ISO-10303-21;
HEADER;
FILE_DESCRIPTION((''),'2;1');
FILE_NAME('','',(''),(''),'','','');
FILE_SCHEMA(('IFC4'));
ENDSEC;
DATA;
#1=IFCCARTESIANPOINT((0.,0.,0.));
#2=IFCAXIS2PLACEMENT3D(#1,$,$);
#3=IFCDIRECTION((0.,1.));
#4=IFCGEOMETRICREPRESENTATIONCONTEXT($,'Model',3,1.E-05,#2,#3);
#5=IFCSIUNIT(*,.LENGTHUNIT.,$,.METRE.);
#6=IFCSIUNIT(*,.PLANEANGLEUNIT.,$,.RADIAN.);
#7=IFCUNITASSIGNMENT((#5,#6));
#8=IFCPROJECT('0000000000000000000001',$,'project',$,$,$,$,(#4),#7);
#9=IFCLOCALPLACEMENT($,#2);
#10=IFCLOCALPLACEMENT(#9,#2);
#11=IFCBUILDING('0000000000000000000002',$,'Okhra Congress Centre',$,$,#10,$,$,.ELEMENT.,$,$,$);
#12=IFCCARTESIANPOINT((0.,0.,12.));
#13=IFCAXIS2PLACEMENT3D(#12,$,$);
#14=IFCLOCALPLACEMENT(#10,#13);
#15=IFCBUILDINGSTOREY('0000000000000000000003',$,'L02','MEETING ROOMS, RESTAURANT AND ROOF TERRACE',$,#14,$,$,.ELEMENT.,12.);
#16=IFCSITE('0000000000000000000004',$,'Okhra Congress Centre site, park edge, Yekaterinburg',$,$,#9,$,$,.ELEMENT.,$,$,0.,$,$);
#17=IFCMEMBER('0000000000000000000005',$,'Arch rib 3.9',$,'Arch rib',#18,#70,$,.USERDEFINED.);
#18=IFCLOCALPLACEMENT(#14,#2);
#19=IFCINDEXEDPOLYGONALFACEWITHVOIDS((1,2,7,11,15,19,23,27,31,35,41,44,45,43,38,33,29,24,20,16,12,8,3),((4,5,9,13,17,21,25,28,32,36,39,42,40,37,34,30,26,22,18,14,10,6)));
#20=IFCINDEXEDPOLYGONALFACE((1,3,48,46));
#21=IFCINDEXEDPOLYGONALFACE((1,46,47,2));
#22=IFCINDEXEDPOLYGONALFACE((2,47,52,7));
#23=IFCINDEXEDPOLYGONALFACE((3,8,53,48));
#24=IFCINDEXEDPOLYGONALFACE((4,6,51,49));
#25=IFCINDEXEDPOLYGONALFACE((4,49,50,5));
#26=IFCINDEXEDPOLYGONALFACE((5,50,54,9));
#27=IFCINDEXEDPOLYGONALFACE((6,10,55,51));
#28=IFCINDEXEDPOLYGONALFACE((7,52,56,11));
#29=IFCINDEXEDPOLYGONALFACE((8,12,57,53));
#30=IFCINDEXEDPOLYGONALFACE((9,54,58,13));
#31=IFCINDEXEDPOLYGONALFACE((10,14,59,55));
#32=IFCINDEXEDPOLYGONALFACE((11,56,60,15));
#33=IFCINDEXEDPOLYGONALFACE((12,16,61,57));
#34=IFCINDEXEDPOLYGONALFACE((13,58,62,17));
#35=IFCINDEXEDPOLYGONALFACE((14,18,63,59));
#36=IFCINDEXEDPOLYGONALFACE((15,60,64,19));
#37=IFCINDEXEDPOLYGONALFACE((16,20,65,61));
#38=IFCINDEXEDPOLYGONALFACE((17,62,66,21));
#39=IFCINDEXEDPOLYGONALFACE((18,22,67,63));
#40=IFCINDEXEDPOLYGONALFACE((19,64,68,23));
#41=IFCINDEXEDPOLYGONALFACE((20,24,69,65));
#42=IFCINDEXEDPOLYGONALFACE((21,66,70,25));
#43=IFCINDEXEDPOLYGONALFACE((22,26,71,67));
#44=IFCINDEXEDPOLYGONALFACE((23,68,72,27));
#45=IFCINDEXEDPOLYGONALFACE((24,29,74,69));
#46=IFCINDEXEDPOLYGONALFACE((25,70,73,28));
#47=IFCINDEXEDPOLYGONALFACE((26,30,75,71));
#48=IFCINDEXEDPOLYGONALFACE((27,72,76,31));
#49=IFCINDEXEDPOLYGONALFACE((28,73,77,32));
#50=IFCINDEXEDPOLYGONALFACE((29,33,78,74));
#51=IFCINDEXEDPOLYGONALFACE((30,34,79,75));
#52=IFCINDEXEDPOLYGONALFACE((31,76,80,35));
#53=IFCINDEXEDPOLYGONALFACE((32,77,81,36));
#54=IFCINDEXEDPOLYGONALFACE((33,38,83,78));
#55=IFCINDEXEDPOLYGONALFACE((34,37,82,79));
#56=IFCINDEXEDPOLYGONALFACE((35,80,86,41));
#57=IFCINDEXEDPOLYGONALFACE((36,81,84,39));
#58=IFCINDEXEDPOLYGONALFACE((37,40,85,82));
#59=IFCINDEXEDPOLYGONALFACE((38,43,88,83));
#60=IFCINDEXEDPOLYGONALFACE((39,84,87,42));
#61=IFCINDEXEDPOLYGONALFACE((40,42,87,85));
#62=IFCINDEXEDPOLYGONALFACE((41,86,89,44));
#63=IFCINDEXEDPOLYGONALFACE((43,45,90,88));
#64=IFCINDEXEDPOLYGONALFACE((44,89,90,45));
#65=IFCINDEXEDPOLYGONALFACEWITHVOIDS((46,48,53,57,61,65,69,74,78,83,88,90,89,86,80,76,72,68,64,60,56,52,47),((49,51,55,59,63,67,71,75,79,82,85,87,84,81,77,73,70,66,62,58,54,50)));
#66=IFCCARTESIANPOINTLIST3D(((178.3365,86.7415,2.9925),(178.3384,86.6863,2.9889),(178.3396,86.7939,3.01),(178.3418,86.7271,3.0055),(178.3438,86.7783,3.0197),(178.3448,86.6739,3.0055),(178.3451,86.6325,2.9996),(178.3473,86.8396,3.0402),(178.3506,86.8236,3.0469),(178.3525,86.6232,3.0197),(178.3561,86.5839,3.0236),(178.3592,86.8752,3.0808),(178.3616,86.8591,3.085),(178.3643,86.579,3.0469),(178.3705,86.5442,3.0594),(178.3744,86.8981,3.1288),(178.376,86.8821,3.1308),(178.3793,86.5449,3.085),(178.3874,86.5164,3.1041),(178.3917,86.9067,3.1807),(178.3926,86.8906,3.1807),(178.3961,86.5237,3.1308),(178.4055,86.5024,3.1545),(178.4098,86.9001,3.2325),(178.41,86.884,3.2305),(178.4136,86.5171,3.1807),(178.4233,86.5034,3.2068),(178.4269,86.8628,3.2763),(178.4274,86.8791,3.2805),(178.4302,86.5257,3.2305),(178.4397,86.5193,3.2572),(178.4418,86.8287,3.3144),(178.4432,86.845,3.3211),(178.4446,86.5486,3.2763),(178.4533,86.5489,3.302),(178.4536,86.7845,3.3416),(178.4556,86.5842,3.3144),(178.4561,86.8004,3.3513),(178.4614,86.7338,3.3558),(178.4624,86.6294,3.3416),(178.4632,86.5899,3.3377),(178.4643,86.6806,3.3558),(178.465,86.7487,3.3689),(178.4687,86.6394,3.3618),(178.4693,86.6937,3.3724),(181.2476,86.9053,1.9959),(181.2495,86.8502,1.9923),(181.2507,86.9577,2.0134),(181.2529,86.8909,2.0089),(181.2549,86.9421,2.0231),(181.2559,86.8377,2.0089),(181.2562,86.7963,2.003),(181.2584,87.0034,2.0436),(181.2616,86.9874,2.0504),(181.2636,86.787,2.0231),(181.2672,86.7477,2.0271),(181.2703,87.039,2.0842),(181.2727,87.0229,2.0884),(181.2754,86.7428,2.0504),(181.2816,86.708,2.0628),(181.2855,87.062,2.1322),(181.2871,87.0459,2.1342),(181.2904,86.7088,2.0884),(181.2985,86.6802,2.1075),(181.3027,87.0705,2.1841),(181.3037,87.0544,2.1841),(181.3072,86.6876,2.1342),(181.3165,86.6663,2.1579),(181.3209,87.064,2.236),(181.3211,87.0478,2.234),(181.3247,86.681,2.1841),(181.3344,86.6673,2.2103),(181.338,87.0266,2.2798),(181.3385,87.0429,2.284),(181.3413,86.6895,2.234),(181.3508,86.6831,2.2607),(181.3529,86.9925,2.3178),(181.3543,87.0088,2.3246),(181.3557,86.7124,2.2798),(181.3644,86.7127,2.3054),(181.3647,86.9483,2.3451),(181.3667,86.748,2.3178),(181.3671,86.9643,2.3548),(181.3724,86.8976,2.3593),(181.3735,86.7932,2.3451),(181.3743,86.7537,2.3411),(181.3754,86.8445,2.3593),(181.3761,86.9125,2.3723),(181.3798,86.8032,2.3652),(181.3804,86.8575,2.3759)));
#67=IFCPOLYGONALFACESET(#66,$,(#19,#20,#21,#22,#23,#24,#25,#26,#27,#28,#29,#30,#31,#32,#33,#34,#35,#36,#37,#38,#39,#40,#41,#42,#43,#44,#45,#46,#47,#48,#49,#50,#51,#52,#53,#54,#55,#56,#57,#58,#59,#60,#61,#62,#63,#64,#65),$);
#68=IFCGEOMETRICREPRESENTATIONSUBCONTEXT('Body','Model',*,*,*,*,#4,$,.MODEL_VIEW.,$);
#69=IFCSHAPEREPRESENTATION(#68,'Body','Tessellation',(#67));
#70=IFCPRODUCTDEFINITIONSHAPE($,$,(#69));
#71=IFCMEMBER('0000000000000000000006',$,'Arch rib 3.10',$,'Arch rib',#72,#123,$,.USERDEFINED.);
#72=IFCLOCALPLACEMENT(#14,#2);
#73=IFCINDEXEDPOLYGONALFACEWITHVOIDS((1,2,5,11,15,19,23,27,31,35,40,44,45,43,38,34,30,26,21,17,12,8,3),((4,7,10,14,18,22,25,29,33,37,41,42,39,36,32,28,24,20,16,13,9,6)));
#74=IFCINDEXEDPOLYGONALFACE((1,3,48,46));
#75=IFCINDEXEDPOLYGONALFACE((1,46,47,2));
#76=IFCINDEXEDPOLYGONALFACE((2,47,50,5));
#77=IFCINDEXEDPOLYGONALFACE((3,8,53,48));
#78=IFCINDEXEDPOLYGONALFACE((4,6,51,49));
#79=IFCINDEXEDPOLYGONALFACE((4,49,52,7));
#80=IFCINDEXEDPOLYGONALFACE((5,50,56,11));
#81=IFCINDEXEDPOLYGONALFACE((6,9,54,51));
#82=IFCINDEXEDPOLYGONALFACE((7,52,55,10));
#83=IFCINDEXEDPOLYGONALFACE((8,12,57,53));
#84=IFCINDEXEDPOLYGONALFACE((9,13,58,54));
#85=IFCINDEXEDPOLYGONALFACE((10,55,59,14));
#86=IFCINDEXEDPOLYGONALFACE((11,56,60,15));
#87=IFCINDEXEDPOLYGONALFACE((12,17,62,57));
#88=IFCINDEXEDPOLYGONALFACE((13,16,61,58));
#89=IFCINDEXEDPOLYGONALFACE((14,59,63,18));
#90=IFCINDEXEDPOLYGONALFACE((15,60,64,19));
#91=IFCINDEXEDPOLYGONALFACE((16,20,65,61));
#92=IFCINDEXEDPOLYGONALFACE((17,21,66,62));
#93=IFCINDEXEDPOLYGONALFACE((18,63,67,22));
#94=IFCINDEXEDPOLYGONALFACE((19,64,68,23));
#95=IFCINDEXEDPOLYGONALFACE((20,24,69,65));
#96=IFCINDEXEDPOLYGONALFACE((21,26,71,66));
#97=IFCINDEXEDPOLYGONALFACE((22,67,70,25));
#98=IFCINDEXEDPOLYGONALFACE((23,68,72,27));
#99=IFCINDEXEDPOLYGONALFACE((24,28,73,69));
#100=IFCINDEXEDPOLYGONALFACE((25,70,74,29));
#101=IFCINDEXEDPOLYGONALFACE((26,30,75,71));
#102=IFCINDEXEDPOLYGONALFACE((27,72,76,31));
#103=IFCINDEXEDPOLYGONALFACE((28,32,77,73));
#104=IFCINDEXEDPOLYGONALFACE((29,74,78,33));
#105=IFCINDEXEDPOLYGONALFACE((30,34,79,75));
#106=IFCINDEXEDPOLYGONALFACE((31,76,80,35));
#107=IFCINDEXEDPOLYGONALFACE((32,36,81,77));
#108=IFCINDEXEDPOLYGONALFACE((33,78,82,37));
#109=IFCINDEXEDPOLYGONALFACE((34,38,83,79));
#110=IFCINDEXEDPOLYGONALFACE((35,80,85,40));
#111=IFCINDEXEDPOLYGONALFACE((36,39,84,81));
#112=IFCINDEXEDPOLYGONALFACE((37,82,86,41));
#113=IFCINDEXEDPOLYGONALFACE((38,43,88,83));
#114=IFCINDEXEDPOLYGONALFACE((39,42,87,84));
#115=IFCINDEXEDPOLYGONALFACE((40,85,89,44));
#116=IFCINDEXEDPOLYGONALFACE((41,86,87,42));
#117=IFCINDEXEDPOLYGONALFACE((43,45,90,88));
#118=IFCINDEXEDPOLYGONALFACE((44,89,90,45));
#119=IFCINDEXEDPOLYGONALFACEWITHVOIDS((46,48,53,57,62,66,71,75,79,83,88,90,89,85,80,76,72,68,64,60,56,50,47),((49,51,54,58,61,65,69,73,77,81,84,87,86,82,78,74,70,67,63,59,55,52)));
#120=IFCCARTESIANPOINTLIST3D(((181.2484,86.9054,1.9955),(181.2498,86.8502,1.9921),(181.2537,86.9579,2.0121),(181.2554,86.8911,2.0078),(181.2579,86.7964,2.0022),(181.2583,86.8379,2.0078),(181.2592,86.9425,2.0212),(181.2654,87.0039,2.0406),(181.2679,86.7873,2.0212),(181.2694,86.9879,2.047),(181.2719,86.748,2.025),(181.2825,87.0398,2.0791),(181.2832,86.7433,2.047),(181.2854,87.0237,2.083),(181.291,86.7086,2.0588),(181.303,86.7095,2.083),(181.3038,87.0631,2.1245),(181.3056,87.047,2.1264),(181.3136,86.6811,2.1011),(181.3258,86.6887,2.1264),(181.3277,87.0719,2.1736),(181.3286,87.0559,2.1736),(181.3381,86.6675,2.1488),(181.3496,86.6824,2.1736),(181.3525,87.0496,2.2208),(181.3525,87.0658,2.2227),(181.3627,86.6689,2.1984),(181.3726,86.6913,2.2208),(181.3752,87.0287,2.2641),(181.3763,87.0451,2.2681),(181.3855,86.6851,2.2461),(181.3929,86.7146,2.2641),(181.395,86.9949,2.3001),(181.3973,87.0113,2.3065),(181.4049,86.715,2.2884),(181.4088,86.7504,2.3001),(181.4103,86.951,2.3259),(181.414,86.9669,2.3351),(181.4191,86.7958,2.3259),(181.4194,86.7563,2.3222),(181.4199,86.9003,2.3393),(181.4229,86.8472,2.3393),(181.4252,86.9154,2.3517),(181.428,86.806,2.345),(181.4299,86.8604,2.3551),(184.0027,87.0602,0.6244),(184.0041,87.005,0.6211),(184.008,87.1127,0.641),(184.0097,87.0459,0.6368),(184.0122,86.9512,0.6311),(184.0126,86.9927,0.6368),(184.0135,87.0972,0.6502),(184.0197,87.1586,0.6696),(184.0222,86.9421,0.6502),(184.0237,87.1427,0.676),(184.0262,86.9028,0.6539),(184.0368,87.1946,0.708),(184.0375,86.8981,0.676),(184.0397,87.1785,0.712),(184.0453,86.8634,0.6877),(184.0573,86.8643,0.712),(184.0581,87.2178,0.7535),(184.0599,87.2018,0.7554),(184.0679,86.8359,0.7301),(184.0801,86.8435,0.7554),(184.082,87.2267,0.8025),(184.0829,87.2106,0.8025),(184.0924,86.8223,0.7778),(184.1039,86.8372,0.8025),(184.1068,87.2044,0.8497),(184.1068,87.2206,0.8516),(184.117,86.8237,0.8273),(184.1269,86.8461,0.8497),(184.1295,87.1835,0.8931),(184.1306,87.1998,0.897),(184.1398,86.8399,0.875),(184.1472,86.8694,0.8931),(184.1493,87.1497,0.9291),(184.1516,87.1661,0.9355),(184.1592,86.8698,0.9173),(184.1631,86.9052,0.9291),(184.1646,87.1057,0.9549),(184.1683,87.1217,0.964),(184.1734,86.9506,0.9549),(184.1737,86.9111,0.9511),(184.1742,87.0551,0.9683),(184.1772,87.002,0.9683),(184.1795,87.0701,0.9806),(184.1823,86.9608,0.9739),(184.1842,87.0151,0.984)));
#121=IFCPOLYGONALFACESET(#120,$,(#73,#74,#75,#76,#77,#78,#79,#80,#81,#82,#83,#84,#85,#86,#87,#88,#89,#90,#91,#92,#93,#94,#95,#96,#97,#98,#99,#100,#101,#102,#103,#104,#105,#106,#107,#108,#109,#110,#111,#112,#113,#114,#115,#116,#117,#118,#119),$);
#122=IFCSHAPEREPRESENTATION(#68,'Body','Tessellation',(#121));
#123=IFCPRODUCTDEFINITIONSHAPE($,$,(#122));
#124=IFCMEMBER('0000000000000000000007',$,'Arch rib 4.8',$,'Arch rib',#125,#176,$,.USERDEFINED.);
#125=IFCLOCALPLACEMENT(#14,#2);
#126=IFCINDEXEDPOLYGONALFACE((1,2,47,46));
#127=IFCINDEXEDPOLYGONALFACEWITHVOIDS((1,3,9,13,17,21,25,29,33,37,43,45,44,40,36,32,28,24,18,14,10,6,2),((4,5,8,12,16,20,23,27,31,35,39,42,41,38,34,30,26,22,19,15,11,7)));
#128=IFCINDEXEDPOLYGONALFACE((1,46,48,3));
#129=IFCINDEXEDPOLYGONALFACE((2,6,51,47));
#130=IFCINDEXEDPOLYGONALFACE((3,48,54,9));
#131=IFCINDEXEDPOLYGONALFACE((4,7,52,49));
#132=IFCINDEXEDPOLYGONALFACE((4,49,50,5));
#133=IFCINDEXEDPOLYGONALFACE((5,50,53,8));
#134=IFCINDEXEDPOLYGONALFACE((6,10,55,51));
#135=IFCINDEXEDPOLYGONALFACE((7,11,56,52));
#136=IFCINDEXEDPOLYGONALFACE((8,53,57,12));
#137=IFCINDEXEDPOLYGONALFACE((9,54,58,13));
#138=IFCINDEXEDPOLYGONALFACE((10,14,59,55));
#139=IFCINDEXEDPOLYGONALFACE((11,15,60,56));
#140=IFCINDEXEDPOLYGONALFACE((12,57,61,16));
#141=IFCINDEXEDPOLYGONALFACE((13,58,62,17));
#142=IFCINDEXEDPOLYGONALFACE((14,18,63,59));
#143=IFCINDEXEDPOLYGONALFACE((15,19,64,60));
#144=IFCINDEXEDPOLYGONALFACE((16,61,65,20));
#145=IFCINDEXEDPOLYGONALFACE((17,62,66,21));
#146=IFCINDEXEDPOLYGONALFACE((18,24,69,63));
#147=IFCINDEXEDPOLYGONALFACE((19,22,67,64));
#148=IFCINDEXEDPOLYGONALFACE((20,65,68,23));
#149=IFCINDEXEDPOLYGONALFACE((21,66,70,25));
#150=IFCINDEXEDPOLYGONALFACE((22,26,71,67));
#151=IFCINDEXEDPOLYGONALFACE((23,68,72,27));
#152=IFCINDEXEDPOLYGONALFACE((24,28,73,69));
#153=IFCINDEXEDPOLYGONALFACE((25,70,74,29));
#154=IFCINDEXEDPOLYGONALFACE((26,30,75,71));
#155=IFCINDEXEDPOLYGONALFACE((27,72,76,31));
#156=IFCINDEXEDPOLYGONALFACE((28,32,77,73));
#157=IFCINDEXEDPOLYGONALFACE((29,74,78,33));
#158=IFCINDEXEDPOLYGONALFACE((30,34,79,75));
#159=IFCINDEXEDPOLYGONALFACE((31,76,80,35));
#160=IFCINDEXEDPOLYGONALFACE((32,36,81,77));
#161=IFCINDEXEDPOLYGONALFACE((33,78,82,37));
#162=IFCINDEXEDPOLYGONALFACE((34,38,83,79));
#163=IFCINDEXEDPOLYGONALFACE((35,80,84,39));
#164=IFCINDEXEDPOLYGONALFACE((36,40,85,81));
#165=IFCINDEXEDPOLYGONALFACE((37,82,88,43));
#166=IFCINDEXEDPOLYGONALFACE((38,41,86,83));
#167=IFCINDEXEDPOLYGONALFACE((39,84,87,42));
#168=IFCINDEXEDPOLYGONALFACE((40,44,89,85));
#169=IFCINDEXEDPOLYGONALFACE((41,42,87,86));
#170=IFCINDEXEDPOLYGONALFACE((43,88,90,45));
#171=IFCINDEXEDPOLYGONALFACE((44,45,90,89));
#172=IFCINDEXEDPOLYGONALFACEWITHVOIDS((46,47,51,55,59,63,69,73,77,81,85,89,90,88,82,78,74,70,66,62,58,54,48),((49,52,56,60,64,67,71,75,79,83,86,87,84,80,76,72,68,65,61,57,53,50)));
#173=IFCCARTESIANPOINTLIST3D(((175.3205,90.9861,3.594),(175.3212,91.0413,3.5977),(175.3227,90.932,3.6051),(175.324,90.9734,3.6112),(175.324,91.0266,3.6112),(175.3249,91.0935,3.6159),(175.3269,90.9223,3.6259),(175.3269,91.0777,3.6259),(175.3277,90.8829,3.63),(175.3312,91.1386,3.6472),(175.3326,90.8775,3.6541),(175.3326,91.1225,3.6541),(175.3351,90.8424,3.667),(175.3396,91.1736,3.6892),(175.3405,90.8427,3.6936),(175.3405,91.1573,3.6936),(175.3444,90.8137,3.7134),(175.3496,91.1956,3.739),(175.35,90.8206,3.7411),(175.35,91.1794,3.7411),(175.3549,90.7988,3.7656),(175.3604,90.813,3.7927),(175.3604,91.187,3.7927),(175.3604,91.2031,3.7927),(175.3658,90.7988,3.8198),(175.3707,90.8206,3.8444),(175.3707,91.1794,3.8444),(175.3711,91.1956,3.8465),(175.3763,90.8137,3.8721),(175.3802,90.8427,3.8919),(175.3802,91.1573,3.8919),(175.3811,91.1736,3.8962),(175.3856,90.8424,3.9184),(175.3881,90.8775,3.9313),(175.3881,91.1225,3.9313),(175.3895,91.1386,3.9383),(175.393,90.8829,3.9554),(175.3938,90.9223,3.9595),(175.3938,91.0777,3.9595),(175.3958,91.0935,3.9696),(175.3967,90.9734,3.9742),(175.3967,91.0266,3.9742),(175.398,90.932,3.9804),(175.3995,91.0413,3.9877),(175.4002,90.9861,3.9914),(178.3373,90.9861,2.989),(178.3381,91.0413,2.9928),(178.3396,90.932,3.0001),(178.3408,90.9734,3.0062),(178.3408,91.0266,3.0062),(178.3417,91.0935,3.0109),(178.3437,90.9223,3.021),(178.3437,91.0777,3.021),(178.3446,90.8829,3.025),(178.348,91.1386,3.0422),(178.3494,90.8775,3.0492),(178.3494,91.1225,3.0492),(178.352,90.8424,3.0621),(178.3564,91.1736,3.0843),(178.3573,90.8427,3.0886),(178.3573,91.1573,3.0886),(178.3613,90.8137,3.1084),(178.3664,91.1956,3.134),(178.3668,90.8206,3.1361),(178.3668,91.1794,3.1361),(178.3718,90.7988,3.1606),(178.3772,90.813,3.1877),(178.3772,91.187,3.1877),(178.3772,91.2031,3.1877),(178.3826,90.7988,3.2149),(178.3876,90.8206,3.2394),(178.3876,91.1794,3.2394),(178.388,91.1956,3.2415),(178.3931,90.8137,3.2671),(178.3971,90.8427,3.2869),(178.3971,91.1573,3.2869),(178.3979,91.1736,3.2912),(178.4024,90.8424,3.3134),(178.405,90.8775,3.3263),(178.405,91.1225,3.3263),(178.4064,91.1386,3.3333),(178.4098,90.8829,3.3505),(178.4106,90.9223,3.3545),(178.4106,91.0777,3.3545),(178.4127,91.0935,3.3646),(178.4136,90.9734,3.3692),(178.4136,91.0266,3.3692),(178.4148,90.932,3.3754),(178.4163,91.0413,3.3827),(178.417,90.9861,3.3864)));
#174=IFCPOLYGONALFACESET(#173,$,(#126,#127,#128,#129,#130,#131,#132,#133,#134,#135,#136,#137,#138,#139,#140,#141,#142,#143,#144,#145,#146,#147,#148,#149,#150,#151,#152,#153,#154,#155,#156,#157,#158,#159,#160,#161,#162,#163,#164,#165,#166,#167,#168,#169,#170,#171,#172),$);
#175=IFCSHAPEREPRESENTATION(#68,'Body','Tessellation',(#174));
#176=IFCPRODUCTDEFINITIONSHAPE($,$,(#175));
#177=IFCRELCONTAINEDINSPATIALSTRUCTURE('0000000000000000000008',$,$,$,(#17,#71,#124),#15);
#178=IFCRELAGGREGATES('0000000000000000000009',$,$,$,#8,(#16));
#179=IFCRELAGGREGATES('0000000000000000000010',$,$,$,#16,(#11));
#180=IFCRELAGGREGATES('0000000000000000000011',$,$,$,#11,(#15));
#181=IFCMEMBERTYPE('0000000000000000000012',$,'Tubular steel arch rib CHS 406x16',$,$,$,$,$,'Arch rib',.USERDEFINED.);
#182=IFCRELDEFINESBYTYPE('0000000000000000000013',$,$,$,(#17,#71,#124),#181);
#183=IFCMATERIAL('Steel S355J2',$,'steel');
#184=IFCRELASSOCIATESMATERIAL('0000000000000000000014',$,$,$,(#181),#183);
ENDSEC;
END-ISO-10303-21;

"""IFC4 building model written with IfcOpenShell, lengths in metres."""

from ifc_helpers import new_model, si_unit, direction, frame, origin, origin_2d, place, context, subcontext, project, spatial, hollow_circle, extrude, material, material_profile, profile_set, type_object, element, save


model = new_model("IFC4")

# Units and contexts
model_context = context("Model", 3, precision=1e-05, world=origin(), true_north=direction((0.0, 1.0)))
body_context = subcontext(model_context, "Body", "Model", "MODEL_VIEW")
ifc_project = project(units=[si_unit("LENGTHUNIT", "METRE"), si_unit("PLANEANGLEUNIT", "RADIAN")], contexts=[model_context])

# Site, building, storey
site_placement = place(None, origin())
site = spatial("IfcSite", under=ifc_project, at=site_placement, Name="Okhra Congress Centre site, park edge, Yekaterinburg", CompositionType="ELEMENT", RefElevation=0.0)
building_placement = place(site_placement, origin())
building = spatial("IfcBuilding", under=site, at=building_placement, Name="Okhra Congress Centre", CompositionType="ELEMENT")
storey_placement = place(building_placement, frame((0.0, 0.0, 12.0)))
storey = spatial("IfcBuildingStorey", under=building, at=storey_placement, Name="L02", Description="MEETING ROOMS, RESTAURANT AND ROOF TERRACE", CompositionType="ELEMENT", Elevation=12.0)

# Members
ifc_material_1 = material(Name="Steel S355J2", Category="steel")
ifc_material_profile_1 = material_profile(ifc_material_1, hollow_circle(Radius=0.2031, WallThickness=0.0161, at=origin_2d()), Name="CHS 406.4x16")
ifc_profile_set_1 = profile_set([ifc_material_profile_1], Name="Steel S355J2")
member_type_1 = type_object("IfcMemberType", Name="Tubular steel arch rib CHS 406x16", ElementType="Arch rib", PredefinedType="USERDEFINED", material=ifc_profile_set_1)
member_1_placement = place(storey_placement, frame((178.4031, 86.7039, 3.1807), z_axis=(0.944759, 0.053165, -0.323424), x_axis=(-0.056184, 0.99842, 0.0)))
element("IfcMember", 1, at=member_1_placement, inside=storey, type_object=member_type_1, Name="Arch rib 3.9", ObjectType="Arch rib", PredefinedType="USERDEFINED", context=body_context, shape_type="SweptSolid", body=[
    extrude(hollow_circle(Radius=0.2031, WallThickness=0.0161, at=origin_2d()), origin(), (0.0, 0.0, 1.0), 3.0813),
])
member_2_placement = place(storey_placement, frame((181.3391, 86.8691, 2.1736), z_axis=(0.894089, 0.050244, -0.445063), x_axis=(-0.056107, 0.998425, 0.0)))
element("IfcMember", 2, at=member_2_placement, inside=storey, type_object=member_type_1, Name="Arch rib 3.10", ObjectType="Arch rib", PredefinedType="USERDEFINED", context=body_context, shape_type="SweptSolid", body=[
    extrude(hollow_circle(Radius=0.2031, WallThickness=0.0161, at=origin_2d()), origin(), (0.0, 0.0, 1.0), 3.0806),
])
member_3_placement = place(storey_placement, frame((175.3604, 91.0, 3.7927), z_axis=(0.98048, 0.0, -0.19662), x_axis=(0.0, 1.0, 0.0)))
element("IfcMember", 3, at=member_3_placement, inside=storey, type_object=member_type_1, Name="Arch rib 4.8", ObjectType="Arch rib", PredefinedType="USERDEFINED", context=body_context, shape_type="SweptSolid", body=[
    extrude(hollow_circle(Radius=0.2031, WallThickness=0.0161, at=origin_2d()), origin(), (0.0, 0.0, 1.0), 3.0769),
])

save(model, "model.ifc")
